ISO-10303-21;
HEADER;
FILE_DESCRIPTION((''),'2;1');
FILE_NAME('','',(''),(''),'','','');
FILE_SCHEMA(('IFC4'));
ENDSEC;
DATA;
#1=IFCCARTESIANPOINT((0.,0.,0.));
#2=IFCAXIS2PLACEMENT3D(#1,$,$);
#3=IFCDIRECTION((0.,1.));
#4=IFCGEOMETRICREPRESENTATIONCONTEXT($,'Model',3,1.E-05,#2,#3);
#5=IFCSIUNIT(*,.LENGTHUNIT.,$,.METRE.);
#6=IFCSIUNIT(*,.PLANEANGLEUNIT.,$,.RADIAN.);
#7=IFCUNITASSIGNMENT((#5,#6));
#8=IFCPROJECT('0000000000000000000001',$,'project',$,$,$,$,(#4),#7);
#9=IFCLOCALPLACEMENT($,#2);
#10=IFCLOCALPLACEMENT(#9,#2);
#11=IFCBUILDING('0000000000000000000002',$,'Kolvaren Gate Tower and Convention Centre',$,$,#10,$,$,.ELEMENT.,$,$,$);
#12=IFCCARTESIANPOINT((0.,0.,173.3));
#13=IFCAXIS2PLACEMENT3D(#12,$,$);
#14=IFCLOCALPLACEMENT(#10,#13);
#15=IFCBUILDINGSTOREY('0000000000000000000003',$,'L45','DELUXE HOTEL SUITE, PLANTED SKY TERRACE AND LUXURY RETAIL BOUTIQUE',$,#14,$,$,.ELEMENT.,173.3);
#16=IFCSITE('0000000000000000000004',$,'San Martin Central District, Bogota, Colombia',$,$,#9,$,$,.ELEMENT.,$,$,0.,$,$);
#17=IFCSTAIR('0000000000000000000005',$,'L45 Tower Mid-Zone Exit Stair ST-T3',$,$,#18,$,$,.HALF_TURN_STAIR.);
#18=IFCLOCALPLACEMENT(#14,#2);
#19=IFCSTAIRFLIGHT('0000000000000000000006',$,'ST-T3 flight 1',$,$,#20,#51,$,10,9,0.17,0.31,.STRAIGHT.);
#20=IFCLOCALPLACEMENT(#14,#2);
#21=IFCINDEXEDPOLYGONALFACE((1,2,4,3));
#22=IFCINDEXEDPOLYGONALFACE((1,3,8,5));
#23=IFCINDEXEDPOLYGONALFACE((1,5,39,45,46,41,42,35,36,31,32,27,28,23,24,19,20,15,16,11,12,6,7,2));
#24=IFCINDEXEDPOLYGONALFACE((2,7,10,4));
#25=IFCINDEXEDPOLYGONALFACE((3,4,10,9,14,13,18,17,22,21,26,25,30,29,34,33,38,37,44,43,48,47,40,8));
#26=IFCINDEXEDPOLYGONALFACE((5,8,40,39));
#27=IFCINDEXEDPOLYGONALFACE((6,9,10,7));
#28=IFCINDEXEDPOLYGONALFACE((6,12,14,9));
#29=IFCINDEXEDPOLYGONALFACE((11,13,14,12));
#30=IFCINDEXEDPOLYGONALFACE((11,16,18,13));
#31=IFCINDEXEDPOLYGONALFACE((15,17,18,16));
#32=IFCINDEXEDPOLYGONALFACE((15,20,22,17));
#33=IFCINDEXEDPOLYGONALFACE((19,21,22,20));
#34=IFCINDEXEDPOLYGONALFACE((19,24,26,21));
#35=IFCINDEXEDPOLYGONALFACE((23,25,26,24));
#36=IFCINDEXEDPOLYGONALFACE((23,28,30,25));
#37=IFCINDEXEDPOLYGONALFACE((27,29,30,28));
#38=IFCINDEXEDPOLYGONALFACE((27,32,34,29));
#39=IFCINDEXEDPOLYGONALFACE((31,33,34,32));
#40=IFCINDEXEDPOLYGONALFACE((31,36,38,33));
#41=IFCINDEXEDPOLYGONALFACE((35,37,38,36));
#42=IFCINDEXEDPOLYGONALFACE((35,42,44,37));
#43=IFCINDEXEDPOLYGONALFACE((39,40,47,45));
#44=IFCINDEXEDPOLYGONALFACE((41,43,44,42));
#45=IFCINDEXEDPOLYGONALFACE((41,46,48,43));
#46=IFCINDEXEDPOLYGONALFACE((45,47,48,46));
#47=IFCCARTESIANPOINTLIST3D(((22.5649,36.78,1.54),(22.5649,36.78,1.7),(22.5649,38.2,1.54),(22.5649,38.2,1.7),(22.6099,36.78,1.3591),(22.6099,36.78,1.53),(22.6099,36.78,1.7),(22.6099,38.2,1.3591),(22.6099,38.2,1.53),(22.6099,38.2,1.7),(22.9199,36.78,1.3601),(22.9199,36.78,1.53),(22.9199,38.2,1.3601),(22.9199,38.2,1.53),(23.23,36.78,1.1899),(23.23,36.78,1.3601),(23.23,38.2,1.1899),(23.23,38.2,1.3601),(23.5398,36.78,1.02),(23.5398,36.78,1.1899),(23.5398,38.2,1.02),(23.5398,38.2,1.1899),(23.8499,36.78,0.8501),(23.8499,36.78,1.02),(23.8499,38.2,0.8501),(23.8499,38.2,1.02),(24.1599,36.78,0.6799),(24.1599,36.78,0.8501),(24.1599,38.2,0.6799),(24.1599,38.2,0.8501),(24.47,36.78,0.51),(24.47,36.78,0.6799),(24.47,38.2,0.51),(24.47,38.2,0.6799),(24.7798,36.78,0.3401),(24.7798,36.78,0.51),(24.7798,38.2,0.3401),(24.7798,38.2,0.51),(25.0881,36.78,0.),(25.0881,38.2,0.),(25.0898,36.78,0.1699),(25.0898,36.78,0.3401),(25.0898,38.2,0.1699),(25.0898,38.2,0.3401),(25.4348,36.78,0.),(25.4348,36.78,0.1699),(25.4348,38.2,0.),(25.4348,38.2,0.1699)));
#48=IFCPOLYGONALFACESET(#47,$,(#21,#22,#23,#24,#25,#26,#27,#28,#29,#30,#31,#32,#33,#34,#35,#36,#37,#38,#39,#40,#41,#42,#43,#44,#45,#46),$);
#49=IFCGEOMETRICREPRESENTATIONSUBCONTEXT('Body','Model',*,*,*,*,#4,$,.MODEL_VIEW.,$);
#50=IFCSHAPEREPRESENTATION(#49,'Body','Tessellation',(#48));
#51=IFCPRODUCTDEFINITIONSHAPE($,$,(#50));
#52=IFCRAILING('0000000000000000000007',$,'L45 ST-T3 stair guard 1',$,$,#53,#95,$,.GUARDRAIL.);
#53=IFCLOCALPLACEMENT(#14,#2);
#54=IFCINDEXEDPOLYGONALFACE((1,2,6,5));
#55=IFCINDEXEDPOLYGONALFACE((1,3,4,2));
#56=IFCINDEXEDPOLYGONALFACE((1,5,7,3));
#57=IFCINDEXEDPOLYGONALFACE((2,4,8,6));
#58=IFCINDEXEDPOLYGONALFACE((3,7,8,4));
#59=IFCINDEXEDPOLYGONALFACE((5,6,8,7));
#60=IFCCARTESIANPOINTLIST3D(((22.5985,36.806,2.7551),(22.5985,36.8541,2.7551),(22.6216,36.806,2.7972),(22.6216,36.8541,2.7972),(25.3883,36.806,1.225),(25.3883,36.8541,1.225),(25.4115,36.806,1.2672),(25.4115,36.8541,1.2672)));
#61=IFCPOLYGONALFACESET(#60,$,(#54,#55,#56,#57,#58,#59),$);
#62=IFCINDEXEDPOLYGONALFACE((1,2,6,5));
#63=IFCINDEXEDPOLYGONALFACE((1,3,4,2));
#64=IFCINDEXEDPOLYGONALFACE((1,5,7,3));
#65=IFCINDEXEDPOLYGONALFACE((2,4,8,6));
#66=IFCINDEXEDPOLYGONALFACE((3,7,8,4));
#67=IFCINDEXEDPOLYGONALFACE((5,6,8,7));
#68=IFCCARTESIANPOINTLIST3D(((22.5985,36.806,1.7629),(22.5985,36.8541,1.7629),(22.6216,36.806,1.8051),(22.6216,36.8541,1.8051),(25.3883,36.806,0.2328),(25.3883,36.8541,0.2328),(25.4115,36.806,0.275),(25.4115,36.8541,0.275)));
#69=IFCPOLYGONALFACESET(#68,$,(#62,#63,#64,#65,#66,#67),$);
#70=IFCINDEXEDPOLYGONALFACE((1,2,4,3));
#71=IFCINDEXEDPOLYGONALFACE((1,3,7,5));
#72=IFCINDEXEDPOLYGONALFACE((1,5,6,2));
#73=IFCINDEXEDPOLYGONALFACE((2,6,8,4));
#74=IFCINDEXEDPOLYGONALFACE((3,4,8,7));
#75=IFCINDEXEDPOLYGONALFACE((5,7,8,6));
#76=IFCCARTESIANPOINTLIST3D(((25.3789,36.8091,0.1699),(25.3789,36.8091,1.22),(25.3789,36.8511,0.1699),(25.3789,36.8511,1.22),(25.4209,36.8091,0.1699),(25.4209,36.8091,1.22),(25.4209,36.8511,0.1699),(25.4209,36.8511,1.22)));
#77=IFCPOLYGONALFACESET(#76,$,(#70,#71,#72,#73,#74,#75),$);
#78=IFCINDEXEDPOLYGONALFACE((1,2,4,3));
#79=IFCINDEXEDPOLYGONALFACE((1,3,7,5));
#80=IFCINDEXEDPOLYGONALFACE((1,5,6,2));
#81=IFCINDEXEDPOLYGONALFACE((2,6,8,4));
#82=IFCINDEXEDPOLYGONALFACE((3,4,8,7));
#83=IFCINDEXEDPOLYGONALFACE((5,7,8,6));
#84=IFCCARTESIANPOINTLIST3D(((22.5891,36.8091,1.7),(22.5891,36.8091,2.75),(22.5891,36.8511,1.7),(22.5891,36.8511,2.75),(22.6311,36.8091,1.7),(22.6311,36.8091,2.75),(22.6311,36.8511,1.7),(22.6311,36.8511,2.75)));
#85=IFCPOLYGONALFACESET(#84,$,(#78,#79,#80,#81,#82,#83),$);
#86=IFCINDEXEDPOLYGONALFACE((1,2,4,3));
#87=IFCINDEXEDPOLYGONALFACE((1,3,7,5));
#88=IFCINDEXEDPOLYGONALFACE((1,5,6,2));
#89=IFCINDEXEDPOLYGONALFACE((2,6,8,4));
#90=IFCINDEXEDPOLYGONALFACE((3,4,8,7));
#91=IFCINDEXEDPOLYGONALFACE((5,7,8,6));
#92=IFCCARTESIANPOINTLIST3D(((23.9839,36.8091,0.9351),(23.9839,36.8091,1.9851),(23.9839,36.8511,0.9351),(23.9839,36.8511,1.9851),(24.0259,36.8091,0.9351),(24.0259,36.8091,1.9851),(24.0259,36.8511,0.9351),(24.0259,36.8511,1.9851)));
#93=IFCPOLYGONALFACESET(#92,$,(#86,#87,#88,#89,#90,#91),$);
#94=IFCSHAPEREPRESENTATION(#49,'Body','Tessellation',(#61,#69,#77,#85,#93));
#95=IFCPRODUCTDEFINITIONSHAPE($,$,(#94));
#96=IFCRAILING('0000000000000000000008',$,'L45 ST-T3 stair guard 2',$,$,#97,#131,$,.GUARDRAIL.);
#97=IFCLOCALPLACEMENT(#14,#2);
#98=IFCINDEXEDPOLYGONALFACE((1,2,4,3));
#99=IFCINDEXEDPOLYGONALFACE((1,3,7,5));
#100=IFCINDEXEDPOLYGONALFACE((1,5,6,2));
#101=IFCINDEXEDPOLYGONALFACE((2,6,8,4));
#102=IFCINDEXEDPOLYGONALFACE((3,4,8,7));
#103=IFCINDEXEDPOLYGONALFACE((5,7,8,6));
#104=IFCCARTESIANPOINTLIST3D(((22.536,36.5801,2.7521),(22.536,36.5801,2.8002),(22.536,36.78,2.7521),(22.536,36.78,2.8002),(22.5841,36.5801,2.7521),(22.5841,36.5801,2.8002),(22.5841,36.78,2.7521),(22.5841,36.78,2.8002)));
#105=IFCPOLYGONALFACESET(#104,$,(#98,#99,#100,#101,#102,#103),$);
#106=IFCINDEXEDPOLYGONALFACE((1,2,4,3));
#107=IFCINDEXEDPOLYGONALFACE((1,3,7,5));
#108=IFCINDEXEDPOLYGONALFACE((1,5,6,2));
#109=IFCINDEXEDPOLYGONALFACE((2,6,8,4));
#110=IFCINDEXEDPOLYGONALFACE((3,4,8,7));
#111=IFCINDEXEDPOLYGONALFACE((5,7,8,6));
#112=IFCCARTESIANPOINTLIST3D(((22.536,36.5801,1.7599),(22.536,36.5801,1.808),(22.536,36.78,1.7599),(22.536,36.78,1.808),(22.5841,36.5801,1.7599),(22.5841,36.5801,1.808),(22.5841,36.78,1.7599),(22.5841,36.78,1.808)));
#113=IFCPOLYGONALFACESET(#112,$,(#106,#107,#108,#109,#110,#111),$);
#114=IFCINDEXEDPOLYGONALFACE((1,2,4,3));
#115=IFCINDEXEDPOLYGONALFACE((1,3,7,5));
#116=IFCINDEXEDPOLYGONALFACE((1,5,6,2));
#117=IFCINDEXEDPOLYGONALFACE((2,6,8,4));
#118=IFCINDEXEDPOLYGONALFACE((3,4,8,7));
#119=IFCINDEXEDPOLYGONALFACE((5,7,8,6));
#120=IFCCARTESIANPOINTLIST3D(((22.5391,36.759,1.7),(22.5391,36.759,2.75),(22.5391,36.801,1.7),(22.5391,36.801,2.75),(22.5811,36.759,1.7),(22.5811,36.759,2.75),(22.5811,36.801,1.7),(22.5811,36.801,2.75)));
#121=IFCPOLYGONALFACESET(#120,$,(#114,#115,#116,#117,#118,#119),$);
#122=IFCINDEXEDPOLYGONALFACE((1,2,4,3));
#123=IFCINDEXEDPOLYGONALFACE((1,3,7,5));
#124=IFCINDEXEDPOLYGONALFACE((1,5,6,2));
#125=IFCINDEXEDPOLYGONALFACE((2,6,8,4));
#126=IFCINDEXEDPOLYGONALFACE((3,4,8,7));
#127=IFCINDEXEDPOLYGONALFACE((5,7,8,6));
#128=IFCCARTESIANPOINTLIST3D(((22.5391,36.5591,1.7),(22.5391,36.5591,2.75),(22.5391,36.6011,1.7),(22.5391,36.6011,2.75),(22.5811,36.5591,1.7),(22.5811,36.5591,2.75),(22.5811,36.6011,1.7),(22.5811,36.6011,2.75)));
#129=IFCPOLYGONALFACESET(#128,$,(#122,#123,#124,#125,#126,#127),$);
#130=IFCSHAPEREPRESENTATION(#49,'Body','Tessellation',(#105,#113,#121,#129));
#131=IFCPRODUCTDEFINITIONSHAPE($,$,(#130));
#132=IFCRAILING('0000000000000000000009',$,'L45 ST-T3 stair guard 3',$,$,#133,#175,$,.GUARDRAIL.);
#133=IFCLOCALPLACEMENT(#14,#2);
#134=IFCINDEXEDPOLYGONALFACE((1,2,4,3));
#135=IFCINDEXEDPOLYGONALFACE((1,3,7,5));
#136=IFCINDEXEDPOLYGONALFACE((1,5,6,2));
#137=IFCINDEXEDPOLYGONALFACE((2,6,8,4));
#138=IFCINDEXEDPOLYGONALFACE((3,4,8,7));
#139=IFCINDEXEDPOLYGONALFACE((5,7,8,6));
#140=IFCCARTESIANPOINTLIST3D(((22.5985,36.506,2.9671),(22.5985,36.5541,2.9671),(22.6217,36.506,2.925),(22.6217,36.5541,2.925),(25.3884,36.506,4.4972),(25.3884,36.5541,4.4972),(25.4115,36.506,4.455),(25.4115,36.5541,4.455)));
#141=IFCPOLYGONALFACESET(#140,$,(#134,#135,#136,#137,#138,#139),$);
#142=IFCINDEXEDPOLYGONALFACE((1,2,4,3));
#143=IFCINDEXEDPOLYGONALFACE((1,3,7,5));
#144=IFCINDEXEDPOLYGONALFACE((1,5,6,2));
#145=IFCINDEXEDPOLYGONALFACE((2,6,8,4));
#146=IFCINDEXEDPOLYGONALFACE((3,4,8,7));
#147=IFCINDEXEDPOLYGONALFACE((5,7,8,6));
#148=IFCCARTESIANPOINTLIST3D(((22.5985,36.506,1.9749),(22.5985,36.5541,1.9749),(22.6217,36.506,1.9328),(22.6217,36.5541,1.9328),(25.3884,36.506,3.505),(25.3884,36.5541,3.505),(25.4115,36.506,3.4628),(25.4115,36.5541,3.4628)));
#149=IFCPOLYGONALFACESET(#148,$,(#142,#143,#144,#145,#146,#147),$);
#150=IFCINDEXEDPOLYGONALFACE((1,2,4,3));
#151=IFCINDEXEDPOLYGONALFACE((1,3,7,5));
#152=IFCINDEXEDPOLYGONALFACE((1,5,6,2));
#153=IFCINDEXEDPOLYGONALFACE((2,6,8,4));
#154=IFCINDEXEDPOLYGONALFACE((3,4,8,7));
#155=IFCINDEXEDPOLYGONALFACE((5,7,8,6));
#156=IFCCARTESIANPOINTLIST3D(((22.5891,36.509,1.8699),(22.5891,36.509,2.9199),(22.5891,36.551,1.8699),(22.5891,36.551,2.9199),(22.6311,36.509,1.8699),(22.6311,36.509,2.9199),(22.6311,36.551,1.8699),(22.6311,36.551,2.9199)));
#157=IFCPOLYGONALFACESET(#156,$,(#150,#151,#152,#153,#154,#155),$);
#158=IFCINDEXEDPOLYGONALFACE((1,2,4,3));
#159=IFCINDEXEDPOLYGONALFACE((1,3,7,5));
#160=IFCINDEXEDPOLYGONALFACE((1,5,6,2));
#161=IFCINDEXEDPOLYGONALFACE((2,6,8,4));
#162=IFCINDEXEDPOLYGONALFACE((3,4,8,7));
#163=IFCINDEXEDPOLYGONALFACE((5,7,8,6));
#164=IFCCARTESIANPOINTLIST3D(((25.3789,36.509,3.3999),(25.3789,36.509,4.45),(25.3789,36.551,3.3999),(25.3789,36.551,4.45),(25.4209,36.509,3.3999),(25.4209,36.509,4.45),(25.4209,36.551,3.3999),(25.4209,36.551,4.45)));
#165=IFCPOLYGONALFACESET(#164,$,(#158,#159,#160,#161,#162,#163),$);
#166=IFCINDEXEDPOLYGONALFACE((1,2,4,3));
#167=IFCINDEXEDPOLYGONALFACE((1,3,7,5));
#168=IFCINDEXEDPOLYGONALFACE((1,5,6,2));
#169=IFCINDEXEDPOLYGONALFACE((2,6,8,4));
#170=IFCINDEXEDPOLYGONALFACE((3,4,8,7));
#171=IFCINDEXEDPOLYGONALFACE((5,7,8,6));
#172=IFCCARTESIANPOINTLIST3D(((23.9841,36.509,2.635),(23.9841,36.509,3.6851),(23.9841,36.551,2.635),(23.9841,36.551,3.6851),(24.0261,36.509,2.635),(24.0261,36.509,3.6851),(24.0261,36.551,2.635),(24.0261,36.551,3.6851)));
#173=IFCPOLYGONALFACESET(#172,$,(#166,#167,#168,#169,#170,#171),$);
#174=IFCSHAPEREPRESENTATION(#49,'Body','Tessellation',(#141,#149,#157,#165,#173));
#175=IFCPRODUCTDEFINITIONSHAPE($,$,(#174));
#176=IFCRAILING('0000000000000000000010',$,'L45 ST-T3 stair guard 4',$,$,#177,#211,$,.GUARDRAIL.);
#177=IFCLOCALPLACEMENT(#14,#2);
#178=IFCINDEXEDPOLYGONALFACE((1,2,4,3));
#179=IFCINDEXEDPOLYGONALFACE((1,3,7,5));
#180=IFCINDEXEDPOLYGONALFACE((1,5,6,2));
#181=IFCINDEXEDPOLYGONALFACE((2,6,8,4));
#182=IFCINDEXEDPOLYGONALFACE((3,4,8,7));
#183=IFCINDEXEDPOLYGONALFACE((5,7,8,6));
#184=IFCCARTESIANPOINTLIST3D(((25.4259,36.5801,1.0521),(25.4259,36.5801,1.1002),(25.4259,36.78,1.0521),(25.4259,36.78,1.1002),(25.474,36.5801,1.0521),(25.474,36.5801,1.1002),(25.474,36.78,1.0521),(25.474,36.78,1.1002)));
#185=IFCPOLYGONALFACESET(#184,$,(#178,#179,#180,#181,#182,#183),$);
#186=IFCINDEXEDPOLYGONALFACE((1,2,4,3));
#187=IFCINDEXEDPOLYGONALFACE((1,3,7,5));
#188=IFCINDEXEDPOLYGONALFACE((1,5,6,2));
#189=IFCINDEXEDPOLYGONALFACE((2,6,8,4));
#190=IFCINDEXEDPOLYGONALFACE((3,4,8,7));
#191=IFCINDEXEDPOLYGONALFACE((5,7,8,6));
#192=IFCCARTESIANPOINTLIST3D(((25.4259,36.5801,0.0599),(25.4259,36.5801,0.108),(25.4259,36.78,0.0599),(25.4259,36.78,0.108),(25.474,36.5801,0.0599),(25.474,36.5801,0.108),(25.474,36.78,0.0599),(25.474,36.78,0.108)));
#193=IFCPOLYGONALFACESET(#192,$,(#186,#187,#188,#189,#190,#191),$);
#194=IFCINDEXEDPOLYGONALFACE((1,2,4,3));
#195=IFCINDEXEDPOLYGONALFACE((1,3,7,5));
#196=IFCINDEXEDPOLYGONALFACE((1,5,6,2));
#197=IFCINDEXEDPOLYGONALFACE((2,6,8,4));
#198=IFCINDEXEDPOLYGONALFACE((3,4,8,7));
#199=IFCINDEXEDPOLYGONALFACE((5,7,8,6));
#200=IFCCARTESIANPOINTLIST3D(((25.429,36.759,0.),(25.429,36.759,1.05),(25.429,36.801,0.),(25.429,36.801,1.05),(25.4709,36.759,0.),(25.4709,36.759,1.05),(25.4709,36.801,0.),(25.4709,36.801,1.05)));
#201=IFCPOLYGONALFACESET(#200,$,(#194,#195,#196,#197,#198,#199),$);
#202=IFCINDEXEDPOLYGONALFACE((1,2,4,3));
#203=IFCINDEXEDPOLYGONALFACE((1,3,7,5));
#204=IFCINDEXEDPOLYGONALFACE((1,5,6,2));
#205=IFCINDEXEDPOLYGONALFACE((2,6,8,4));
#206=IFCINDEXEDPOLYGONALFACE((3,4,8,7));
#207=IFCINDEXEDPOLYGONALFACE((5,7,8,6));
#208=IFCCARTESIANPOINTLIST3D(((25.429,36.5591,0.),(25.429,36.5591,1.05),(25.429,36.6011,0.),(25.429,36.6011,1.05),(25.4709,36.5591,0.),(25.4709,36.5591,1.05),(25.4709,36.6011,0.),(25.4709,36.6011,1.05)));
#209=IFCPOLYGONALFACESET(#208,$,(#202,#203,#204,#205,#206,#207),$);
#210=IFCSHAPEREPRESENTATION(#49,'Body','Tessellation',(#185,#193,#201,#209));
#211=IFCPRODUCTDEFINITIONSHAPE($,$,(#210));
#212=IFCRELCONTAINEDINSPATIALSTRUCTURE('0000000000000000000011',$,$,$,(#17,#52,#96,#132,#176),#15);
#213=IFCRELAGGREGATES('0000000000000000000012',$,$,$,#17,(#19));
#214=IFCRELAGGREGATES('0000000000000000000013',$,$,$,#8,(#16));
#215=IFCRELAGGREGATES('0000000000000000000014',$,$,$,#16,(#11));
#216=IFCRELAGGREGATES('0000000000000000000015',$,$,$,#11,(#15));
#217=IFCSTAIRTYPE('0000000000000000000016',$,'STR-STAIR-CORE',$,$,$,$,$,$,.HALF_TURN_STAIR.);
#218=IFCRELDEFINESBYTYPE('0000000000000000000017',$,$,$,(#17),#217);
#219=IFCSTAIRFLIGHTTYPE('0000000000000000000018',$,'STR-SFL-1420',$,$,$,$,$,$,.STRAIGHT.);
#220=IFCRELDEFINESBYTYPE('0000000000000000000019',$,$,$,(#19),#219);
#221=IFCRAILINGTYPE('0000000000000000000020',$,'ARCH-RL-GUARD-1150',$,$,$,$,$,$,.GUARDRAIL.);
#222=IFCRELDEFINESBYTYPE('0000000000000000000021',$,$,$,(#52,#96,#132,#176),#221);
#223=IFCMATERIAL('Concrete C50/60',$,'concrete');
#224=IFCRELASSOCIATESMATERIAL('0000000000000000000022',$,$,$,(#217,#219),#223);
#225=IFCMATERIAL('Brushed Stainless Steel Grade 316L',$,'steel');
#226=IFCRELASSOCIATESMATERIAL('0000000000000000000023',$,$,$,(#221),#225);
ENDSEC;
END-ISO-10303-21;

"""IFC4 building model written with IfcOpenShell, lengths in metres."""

from ifc_helpers import new_model, si_unit, direction, frame, origin, origin_2d, place, context, subcontext, project, spatial, polyline, rectangle, outline, extrude, material, type_object, element, aggregate, save


model = new_model("IFC4")

# Units and contexts
model_context = context("Model", 3, precision=1e-05, world=origin(), true_north=direction((0.0, 1.0)))
body_context = subcontext(model_context, "Body", "Model", "MODEL_VIEW")
ifc_project = project(units=[si_unit("LENGTHUNIT", "METRE"), si_unit("PLANEANGLEUNIT", "RADIAN")], contexts=[model_context])

# Site, building, storey
site_placement = place(None, origin())
site = spatial("IfcSite", under=ifc_project, at=site_placement, Name="San Martin Central District, Bogota, Colombia", CompositionType="ELEMENT", RefElevation=0.0)
building_placement = place(site_placement, origin())
building = spatial("IfcBuilding", under=site, at=building_placement, Name="Kolvaren Gate Tower and Convention Centre", CompositionType="ELEMENT")
storey_placement = place(building_placement, frame((0.0, 0.0, 173.3)))
storey = spatial("IfcBuildingStorey", under=building, at=storey_placement, Name="L45", Description="DELUXE HOTEL SUITE, PLANTED SKY TERRACE AND LUXURY RETAIL BOUTIQUE", CompositionType="ELEMENT", Elevation=173.3)

# Stair, stair flight
ifc_material_1 = material(Name="Concrete C50/60", Category="concrete")
stair_type = type_object("IfcStairType", Name="STR-STAIR-CORE", PredefinedType="HALF_TURN_STAIR", material=ifc_material_1)
stair_placement = place(storey_placement, origin())
stair = element("IfcStair", 1, at=stair_placement, inside=storey, type_object=stair_type, Name="L45 Tower Mid-Zone Exit Stair ST-T3", PredefinedType="HALF_TURN_STAIR")
stair_flight_type = type_object("IfcStairFlightType", Name="STR-SFL-1420", PredefinedType="STRAIGHT", material=ifc_material_1)
stair_flight_placement = place(storey_placement, frame((25.3999, 37.49, 0.0), z_axis=(0.0, 0.0, 1.0), x_axis=(-1.0, 0.0, 0.0)))
stair_flight = element("IfcStairFlight", 2, at=stair_flight_placement, type_object=stair_flight_type, Name="ST-T3 flight 1", NumberOfRisers=10, NumberOfTreads=9, PredefinedType="STRAIGHT", RiserHeight=0.17, TreadLength=0.31, context=body_context, shape_type="SweptSolid", body=[
    extrude(outline(polyline([(-0.0349, 0.0), (-0.0349, 0.1699), (0.3101, 0.1699), (0.3101, 0.3401), (0.6201, 0.3401), (0.6201, 0.51), (0.9299, 0.51), (0.9299, 0.6799), (1.24, 0.6799), (1.24, 0.8501), (1.55, 0.8501), (1.55, 1.02), (1.8601, 1.02), (1.8601, 1.1899), (2.1699, 1.1899), (2.1699, 1.3601), (2.48, 1.3601), (2.48, 1.53), (2.79, 1.53), (2.79, 1.7), (2.835, 1.7), (2.835, 1.54), (2.79, 1.3591), (0.3118, 0.0), (-0.0349, 0.0)])), frame((0.0, 0.71, 0.0), z_axis=(0.0, -1.0, 0.0), x_axis=(1.0, 0.0, 0.0)), (0.0, 0.0, 1.0), 1.4199),
])
aggregate(stair, [stair_flight])

# Railings
ifc_material_2 = material(Name="Brushed Stainless Steel Grade 316L", Category="steel")
railing_type_1 = type_object("IfcRailingType", Name="ARCH-RL-GUARD-1150", PredefinedType="GUARDRAIL", material=ifc_material_2)
railing_1_placement = place(storey_placement, frame((25.3999, 36.8301, 0.1699)))
element("IfcRailing", 3, at=railing_1_placement, inside=storey, type_object=railing_type_1, Name="L45 ST-T3 stair guard 1", PredefinedType="GUARDRAIL", context=body_context, shape_type="SweptSolid", body=[
    extrude(rectangle(XDim=0.0481, YDim=0.0481, at=origin_2d()), frame((0.0, 0.0, 1.0762), z_axis=(-0.876794, 0.0, 0.480867), x_axis=(0.0, -1.0, 0.0)), (0.0, 0.0, 1.0), 3.1819),
    extrude(rectangle(XDim=0.0481, YDim=0.0481, at=origin_2d()), frame((0.0, 0.0, 0.084), z_axis=(-0.876794, 0.0, 0.480867), x_axis=(0.0, -1.0, 0.0)), (0.0, 0.0, 1.0), 3.1819),
    extrude(rectangle(XDim=0.042, YDim=0.042, at=origin_2d()), origin(), (0.0, 0.0, 1.0), 1.05),
    extrude(rectangle(XDim=0.042, YDim=0.042, at=origin_2d()), frame((-2.7898, 0.0, 1.53)), (0.0, 0.0, 1.0), 1.05),
    extrude(rectangle(XDim=0.042, YDim=0.042, at=origin_2d()), frame((-1.395, 0.0, 0.7651)), (0.0, 0.0, 1.0), 1.05),
])
railing_2_placement = place(storey_placement, frame((22.5601, 36.78, 1.7)))
element("IfcRailing", 4, at=railing_2_placement, inside=storey, type_object=railing_type_1, Name="L45 ST-T3 stair guard 2", PredefinedType="GUARDRAIL", context=body_context, shape_type="SweptSolid", body=[
    extrude(rectangle(XDim=0.0481, YDim=0.0481, at=origin_2d()), frame((0.0, 0.0, 1.0762), z_axis=(0.0, -1.0, 0.0), x_axis=(1.0, 0.0, 0.0)), (0.0, 0.0, 1.0), 0.2),
    extrude(rectangle(XDim=0.0481, YDim=0.0481, at=origin_2d()), frame((0.0, 0.0, 0.084), z_axis=(0.0, -1.0, 0.0), x_axis=(1.0, 0.0, 0.0)), (0.0, 0.0, 1.0), 0.2),
    extrude(rectangle(XDim=0.042, YDim=0.042, at=origin_2d()), origin(), (0.0, 0.0, 1.0), 1.05),
    extrude(rectangle(XDim=0.042, YDim=0.042, at=origin_2d()), frame((0.0, -0.2, 0.0)), (0.0, 0.0, 1.0), 1.05),
])
railing_3_placement = place(storey_placement, frame((22.6101, 36.53, 1.8699)))
element("IfcRailing", 5, at=railing_3_placement, inside=storey, type_object=railing_type_1, Name="L45 ST-T3 stair guard 3", PredefinedType="GUARDRAIL", context=body_context, shape_type="SweptSolid", body=[
    extrude(rectangle(XDim=0.0481, YDim=0.0481, at=origin_2d()), frame((0.0, 0.0, 1.0762), z_axis=(0.876794, 0.0, 0.480867), x_axis=(0.0, 1.0, 0.0)), (0.0, 0.0, 1.0), 3.1819),
    extrude(rectangle(XDim=0.0481, YDim=0.0481, at=origin_2d()), frame((0.0, 0.0, 0.084), z_axis=(0.876794, 0.0, 0.480867), x_axis=(0.0, 1.0, 0.0)), (0.0, 0.0, 1.0), 3.1819),
    extrude(rectangle(XDim=0.042, YDim=0.042, at=origin_2d()), origin(), (0.0, 0.0, 1.0), 1.05),
    extrude(rectangle(XDim=0.042, YDim=0.042, at=origin_2d()), frame((2.7898, 0.0, 1.53)), (0.0, 0.0, 1.0), 1.05),
    extrude(rectangle(XDim=0.042, YDim=0.042, at=origin_2d()), frame((1.395, 0.0, 0.7651)), (0.0, 0.0, 1.0), 1.05),
])
railing_4_placement = place(storey_placement, frame((25.45, 36.78, 0.0)))
element("IfcRailing", 6, at=railing_4_placement, inside=storey, type_object=railing_type_1, Name="L45 ST-T3 stair guard 4", PredefinedType="GUARDRAIL", context=body_context, shape_type="SweptSolid", body=[
    extrude(rectangle(XDim=0.0481, YDim=0.0481, at=origin_2d()), frame((0.0, 0.0, 1.0762), z_axis=(0.0, -1.0, 0.0), x_axis=(1.0, 0.0, 0.0)), (0.0, 0.0, 1.0), 0.2),
    extrude(rectangle(XDim=0.0481, YDim=0.0481, at=origin_2d()), frame((0.0, 0.0, 0.084), z_axis=(0.0, -1.0, 0.0), x_axis=(1.0, 0.0, 0.0)), (0.0, 0.0, 1.0), 0.2),
    extrude(rectangle(XDim=0.042, YDim=0.042, at=origin_2d()), origin(), (0.0, 0.0, 1.0), 1.05),
    extrude(rectangle(XDim=0.042, YDim=0.042, at=origin_2d()), frame((0.0, -0.2, 0.0)), (0.0, 0.0, 1.0), 1.05),
])

save(model, "model.ifc")
